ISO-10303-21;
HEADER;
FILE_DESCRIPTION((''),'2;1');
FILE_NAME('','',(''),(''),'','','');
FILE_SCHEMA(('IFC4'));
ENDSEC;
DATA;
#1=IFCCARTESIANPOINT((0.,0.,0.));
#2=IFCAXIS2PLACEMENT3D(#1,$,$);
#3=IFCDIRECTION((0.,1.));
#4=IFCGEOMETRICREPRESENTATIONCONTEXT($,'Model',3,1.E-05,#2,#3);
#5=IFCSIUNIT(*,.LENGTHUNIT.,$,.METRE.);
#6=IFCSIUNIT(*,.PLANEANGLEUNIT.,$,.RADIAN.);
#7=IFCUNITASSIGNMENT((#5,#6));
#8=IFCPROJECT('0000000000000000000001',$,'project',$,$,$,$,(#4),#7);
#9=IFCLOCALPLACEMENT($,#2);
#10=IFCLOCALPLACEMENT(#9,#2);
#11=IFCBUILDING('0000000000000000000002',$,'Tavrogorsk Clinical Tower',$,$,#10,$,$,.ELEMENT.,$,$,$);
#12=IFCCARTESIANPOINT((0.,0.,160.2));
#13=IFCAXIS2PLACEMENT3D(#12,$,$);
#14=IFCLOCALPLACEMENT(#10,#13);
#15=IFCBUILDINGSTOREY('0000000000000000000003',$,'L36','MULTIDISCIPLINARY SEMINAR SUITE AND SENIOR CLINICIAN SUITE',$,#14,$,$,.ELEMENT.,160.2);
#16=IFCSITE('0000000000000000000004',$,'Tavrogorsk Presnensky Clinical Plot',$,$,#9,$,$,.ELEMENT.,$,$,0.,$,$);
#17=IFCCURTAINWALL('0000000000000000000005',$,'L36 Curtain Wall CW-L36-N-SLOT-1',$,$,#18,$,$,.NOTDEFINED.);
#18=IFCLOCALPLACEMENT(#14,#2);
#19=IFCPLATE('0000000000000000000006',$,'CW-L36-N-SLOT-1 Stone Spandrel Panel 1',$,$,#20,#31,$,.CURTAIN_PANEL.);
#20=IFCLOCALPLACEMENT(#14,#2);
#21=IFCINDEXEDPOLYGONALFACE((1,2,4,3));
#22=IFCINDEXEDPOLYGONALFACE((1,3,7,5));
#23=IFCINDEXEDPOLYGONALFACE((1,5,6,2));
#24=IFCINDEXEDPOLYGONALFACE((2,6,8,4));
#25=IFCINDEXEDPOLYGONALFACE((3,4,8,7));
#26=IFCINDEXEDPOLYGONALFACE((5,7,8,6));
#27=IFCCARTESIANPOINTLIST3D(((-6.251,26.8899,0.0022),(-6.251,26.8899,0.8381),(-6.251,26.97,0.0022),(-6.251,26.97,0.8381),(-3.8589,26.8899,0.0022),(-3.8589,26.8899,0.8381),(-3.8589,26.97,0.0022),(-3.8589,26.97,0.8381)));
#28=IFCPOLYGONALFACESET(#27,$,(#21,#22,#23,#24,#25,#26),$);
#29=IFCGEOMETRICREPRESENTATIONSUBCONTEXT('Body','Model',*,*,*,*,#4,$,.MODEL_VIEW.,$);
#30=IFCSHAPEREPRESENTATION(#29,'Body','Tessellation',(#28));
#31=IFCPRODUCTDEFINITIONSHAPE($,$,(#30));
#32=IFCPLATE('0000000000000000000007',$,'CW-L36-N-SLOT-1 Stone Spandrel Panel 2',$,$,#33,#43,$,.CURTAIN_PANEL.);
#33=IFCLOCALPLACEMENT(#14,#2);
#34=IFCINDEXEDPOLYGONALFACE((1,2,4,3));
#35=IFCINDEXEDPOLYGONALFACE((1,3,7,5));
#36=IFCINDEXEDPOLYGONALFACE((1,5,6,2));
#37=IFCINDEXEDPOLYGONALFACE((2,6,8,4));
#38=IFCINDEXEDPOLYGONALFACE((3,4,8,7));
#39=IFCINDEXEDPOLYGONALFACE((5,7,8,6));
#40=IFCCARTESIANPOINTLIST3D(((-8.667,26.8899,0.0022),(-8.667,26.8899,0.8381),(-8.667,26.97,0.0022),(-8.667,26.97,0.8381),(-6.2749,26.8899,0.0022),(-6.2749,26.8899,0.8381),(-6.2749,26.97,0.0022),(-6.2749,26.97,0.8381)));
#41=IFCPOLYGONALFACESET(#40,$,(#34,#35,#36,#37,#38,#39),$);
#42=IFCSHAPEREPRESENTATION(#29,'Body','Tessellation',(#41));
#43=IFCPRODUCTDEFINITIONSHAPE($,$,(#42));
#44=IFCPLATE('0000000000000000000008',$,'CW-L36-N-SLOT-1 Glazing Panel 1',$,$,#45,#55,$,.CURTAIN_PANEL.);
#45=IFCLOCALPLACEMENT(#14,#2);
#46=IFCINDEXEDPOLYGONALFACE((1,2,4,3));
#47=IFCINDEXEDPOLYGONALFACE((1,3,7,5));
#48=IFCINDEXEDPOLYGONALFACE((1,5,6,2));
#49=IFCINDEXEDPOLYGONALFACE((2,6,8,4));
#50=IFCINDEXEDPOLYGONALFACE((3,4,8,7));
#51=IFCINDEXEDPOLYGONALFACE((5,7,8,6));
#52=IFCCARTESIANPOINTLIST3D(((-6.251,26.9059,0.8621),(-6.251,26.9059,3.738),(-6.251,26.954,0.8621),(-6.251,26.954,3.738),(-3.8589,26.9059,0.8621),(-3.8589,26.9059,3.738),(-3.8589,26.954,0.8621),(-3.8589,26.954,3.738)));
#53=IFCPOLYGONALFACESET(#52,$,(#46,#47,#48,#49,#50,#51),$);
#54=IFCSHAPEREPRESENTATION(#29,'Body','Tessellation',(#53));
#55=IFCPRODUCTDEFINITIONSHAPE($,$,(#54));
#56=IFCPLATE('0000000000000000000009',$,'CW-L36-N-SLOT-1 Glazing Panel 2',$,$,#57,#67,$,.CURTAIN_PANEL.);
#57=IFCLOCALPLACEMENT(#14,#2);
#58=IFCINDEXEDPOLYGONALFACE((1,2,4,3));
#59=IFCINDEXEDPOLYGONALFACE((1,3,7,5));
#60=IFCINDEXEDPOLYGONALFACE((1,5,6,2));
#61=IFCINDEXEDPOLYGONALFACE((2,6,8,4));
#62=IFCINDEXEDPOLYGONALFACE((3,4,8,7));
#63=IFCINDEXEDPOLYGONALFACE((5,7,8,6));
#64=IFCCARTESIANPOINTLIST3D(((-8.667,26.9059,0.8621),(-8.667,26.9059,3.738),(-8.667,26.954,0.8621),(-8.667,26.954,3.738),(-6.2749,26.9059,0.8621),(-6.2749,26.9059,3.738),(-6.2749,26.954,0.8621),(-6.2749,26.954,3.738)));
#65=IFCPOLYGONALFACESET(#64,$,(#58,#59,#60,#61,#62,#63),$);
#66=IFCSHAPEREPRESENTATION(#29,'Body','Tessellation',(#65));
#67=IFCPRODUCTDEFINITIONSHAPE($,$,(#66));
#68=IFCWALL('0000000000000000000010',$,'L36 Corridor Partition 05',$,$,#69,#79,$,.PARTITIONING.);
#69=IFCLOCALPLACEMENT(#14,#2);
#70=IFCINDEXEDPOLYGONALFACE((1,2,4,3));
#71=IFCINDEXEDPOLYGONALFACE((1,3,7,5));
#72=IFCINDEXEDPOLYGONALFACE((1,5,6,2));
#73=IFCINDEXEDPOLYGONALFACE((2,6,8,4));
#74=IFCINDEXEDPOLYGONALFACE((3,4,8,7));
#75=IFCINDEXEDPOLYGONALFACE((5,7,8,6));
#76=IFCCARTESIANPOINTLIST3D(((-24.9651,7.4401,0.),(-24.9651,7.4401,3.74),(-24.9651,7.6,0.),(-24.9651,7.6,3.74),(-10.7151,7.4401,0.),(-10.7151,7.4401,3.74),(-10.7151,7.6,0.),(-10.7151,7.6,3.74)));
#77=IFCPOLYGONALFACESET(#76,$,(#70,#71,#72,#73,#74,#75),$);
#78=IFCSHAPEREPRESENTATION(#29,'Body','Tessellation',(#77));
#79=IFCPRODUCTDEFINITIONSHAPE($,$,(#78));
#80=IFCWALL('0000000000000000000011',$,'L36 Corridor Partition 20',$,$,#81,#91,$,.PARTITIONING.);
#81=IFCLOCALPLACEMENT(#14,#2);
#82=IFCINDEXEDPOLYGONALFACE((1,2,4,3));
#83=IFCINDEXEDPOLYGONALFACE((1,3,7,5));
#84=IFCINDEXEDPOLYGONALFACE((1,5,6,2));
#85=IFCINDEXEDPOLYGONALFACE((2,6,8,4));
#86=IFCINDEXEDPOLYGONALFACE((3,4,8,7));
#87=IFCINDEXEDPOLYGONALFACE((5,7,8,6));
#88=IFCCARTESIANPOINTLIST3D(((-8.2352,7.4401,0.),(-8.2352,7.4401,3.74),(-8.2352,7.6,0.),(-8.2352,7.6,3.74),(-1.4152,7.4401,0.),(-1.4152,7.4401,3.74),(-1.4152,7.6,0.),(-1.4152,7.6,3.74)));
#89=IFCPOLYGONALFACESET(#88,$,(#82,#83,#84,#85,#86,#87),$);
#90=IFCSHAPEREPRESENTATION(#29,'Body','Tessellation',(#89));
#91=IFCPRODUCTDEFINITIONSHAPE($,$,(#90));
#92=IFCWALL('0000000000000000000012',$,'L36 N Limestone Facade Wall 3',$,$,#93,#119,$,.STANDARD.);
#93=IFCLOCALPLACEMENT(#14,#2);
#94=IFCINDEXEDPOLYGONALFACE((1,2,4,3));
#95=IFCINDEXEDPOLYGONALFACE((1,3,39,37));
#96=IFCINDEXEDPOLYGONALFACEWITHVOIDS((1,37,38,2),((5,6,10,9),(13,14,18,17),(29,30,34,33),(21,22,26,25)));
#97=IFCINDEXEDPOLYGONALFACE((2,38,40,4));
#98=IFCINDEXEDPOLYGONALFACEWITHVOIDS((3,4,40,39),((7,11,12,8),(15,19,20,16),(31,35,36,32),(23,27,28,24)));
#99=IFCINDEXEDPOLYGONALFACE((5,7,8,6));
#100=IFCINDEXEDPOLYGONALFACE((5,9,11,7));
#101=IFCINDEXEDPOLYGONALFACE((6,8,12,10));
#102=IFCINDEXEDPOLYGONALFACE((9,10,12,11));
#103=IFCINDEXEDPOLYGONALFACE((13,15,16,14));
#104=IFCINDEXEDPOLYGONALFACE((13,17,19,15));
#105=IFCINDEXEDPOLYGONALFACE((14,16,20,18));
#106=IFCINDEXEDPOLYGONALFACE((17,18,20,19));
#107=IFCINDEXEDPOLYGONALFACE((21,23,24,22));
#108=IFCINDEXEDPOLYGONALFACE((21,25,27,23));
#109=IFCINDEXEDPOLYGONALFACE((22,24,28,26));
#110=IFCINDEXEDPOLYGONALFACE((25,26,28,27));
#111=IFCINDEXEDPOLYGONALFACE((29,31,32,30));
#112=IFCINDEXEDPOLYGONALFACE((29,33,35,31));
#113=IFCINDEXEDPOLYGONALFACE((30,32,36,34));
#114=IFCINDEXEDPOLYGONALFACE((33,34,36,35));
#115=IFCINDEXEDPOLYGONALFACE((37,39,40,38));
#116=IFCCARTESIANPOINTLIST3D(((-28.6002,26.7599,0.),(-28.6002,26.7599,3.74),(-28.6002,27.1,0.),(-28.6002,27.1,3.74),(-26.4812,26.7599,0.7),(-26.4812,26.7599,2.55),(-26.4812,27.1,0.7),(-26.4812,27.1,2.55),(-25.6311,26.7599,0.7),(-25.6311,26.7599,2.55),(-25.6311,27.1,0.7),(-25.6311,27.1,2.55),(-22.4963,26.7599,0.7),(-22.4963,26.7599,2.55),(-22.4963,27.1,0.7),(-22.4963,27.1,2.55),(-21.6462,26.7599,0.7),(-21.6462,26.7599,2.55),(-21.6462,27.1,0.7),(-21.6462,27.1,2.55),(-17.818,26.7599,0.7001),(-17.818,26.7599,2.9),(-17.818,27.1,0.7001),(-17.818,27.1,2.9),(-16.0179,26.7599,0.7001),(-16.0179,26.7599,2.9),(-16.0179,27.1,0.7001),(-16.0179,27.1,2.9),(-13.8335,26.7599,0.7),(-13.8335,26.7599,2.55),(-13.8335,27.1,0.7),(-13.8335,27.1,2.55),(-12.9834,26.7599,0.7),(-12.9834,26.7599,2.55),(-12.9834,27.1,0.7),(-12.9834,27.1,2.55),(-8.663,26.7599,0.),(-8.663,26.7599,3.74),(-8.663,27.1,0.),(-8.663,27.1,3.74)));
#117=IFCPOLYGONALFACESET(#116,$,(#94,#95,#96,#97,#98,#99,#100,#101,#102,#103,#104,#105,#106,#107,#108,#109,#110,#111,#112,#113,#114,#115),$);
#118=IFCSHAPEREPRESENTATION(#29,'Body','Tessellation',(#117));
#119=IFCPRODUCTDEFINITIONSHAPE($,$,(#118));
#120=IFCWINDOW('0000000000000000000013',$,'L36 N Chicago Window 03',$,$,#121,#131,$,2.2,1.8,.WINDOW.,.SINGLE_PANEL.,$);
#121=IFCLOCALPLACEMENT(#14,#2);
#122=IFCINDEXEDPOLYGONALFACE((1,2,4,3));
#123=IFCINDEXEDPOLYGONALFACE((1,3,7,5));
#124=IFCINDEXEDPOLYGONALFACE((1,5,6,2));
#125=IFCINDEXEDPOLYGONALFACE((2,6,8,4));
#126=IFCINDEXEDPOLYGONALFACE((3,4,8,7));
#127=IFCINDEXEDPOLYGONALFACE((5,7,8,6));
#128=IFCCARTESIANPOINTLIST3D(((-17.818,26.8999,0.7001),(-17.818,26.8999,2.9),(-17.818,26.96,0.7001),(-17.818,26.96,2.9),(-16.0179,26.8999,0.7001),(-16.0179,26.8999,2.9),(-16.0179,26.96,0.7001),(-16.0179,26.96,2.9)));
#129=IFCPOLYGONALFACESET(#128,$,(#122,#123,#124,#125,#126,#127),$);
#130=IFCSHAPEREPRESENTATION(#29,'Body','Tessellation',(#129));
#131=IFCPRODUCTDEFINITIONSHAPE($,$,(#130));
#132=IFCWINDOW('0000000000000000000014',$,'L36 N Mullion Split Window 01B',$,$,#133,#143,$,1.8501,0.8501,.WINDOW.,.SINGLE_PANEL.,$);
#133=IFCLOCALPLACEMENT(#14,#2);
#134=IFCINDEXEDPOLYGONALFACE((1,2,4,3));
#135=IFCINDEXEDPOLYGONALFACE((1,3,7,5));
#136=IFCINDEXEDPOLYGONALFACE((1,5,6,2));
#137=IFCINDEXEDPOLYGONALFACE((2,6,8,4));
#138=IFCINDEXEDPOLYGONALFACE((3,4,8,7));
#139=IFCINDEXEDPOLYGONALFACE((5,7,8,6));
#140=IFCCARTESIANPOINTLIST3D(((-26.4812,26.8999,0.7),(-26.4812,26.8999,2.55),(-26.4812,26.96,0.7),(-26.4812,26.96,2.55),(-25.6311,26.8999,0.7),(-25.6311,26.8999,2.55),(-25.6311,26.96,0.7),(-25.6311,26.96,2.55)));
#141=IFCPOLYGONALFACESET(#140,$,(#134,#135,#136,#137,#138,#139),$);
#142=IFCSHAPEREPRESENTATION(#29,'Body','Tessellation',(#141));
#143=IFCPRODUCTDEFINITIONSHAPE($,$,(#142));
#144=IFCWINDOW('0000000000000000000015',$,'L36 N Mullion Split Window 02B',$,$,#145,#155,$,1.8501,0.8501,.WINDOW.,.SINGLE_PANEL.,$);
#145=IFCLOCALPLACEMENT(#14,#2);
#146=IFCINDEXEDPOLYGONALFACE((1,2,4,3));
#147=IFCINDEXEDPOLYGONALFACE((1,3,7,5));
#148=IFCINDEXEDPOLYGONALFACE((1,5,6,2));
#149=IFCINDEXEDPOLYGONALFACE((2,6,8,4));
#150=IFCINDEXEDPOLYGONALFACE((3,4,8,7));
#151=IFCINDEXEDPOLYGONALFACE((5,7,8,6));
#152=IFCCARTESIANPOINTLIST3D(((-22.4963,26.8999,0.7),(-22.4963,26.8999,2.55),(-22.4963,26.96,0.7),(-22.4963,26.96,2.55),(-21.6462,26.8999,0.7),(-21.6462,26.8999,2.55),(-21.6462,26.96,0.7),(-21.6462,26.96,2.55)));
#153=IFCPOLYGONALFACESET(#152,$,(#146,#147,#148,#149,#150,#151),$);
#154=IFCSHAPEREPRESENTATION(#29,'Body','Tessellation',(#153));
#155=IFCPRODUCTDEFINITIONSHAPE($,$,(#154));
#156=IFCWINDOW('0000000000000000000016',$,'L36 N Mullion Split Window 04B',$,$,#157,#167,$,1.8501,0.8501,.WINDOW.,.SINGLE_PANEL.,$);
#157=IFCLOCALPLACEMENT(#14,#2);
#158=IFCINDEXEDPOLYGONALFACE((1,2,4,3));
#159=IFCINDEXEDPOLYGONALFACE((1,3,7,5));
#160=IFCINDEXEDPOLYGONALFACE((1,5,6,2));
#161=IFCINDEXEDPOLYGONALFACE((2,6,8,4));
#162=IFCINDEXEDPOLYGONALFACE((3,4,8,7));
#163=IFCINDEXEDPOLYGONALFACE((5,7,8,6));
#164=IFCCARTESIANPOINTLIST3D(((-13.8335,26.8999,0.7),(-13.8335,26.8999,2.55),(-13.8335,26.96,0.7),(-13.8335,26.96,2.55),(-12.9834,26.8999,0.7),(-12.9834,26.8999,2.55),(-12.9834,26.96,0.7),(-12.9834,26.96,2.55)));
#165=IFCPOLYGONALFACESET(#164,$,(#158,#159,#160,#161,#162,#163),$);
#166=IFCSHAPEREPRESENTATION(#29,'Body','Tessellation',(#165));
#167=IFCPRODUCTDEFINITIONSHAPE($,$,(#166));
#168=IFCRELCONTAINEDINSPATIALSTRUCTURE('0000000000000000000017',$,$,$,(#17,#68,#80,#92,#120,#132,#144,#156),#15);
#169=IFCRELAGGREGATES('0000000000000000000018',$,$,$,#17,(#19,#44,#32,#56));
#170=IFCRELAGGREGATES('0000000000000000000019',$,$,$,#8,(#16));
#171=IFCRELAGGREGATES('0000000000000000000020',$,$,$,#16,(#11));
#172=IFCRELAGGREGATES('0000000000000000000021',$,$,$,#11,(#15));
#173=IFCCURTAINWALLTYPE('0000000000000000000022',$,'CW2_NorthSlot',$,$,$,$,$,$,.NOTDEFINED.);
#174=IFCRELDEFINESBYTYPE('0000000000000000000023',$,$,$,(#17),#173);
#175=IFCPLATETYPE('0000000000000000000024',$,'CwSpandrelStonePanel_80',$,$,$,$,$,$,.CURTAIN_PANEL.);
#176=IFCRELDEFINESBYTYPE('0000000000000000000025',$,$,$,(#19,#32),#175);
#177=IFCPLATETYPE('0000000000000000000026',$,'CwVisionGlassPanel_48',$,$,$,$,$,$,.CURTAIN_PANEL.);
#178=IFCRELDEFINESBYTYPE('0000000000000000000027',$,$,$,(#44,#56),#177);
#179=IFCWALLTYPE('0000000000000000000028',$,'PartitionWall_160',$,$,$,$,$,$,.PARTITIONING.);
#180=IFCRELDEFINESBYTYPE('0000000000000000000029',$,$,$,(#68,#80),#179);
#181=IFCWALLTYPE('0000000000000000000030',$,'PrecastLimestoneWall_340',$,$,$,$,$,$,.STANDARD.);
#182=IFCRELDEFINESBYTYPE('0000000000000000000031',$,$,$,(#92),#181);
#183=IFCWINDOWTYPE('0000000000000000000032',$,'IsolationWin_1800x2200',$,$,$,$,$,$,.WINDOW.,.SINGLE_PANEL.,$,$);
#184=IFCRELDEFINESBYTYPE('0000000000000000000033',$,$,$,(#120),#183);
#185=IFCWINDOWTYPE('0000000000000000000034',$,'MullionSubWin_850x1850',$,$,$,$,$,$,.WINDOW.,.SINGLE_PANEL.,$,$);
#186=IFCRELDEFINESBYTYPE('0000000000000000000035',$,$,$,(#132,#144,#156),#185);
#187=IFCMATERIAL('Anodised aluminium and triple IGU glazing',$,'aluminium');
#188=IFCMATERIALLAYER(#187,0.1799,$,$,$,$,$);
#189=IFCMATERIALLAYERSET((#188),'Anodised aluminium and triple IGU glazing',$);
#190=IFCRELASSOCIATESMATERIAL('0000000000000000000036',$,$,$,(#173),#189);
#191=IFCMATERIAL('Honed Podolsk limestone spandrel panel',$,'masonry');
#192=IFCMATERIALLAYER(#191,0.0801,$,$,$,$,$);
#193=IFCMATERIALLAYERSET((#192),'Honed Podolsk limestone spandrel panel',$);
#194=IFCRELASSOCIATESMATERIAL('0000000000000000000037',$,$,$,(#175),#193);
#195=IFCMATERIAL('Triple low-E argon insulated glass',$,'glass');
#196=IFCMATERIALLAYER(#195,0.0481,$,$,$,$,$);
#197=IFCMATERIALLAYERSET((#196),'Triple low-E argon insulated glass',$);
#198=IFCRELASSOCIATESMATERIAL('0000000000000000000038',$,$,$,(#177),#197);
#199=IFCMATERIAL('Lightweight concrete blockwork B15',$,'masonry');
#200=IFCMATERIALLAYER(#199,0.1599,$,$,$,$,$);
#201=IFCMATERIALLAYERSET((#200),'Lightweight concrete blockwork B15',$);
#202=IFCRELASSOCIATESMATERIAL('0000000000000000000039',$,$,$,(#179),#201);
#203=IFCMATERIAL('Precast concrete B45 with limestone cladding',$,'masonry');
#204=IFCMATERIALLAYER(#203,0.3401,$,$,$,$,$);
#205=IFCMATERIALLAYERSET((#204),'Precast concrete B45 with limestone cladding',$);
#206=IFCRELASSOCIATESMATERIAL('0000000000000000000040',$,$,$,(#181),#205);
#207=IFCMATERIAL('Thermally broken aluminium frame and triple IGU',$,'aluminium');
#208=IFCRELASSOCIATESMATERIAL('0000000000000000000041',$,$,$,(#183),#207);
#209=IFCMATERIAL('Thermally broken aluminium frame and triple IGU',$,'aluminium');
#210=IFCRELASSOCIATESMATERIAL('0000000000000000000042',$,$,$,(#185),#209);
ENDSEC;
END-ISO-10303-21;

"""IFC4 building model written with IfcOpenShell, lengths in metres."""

from ifc_helpers import new_model, si_unit, direction, frame, frame_2d, origin, origin_2d, place, context, subcontext, project, spatial, rectangle, extrude, material, layer, layer_set, type_object, element, fill, aggregate, save


model = new_model("IFC4")

# Units and contexts
model_context = context("Model", 3, precision=1e-05, world=origin(), true_north=direction((0.0, 1.0)))
body_context = subcontext(model_context, "Body", "Model", "MODEL_VIEW")
ifc_project = project(units=[si_unit("LENGTHUNIT", "METRE"), si_unit("PLANEANGLEUNIT", "RADIAN")], contexts=[model_context])

# Site, building, storey
site_placement = place(None, origin())
site = spatial("IfcSite", under=ifc_project, at=site_placement, Name="Tavrogorsk Presnensky Clinical Plot", CompositionType="ELEMENT", RefElevation=0.0)
building_placement = place(site_placement, origin())
building = spatial("IfcBuilding", under=site, at=building_placement, Name="Tavrogorsk Clinical Tower", CompositionType="ELEMENT")
storey_placement = place(building_placement, frame((0.0, 0.0, 160.2)))
storey = spatial("IfcBuildingStorey", under=building, at=storey_placement, Name="L36", Description="MULTIDISCIPLINARY SEMINAR SUITE AND SENIOR CLINICIAN SUITE", CompositionType="ELEMENT", Elevation=160.2)

# Curtain wall
ifc_material_1 = material(Name="Anodised aluminium and triple IGU glazing", Category="aluminium")
ifc_layer_1 = layer(ifc_material_1, 0.1799)
ifc_layer_set_1 = layer_set([ifc_layer_1], Name="Anodised aluminium and triple IGU glazing")
curtain_wall_type = type_object("IfcCurtainWallType", Name="CW2_NorthSlot", PredefinedType="NOTDEFINED", material=ifc_layer_set_1)
curtain_wall_placement = place(storey_placement, origin())
curtain_wall = element("IfcCurtainWall", 1, at=curtain_wall_placement, inside=storey, type_object=curtain_wall_type, Name="L36 Curtain Wall CW-L36-N-SLOT-1", PredefinedType="NOTDEFINED")

# Plates
ifc_material_2 = material(Name="Honed Podolsk limestone spandrel panel", Category="masonry")
ifc_layer_2 = layer(ifc_material_2, 0.0801)
ifc_layer_set_2 = layer_set([ifc_layer_2], Name="Honed Podolsk limestone spandrel panel")
plate_type_1 = type_object("IfcPlateType", Name="CwSpandrelStonePanel_80", PredefinedType="CURTAIN_PANEL", material=ifc_layer_set_2)
plate_1_placement = place(storey_placement, frame((-5.0549, 26.9299, 0.0022), z_axis=(0.0, 0.0, 1.0), x_axis=(-1.0, 0.0, 0.0)))
plate_1 = element("IfcPlate", 2, at=plate_1_placement, type_object=plate_type_1, Name="CW-L36-N-SLOT-1 Stone Spandrel Panel 1", PredefinedType="CURTAIN_PANEL", context=body_context, shape_type="SweptSolid", body=[
    extrude(rectangle(XDim=2.3921, YDim=0.0801, at=origin_2d()), origin(), (0.0, 0.0, 1.0), 0.8359),
])
plate_2_placement = place(storey_placement, frame((-7.4709, 26.9299, 0.0022), z_axis=(0.0, 0.0, 1.0), x_axis=(-1.0, 0.0, 0.0)))
plate_2 = element("IfcPlate", 3, at=plate_2_placement, type_object=plate_type_1, Name="CW-L36-N-SLOT-1 Stone Spandrel Panel 2", PredefinedType="CURTAIN_PANEL", context=body_context, shape_type="SweptSolid", body=[
    extrude(rectangle(XDim=2.3921, YDim=0.0801, at=origin_2d()), origin(), (0.0, 0.0, 1.0), 0.8359),
])
ifc_material_3 = material(Name="Triple low-E argon insulated glass", Category="glass")
ifc_layer_3 = layer(ifc_material_3, 0.0481)
ifc_layer_set_3 = layer_set([ifc_layer_3], Name="Triple low-E argon insulated glass")
plate_type_2 = type_object("IfcPlateType", Name="CwVisionGlassPanel_48", PredefinedType="CURTAIN_PANEL", material=ifc_layer_set_3)
plate_3_placement = place(storey_placement, frame((-5.0549, 26.9299, 0.8621), z_axis=(0.0, 0.0, 1.0), x_axis=(-1.0, 0.0, 0.0)))
plate_3 = element("IfcPlate", 4, at=plate_3_placement, type_object=plate_type_2, Name="CW-L36-N-SLOT-1 Glazing Panel 1", PredefinedType="CURTAIN_PANEL", context=body_context, shape_type="SweptSolid", body=[
    extrude(rectangle(XDim=2.3921, YDim=0.0481, at=origin_2d()), origin(), (0.0, 0.0, 1.0), 2.876),
])
plate_4_placement = place(storey_placement, frame((-7.4709, 26.9299, 0.8621), z_axis=(0.0, 0.0, 1.0), x_axis=(-1.0, 0.0, 0.0)))
plate_4 = element("IfcPlate", 5, at=plate_4_placement, type_object=plate_type_2, Name="CW-L36-N-SLOT-1 Glazing Panel 2", PredefinedType="CURTAIN_PANEL", context=body_context, shape_type="SweptSolid", body=[
    extrude(rectangle(XDim=2.3921, YDim=0.0481, at=origin_2d()), origin(), (0.0, 0.0, 1.0), 2.876),
])
aggregate(curtain_wall, [plate_1, plate_3, plate_2, plate_4])

# Walls
ifc_material_4 = material(Name="Lightweight concrete blockwork B15", Category="masonry")
ifc_layer_4 = layer(ifc_material_4, 0.1599)
ifc_layer_set_4 = layer_set([ifc_layer_4], Name="Lightweight concrete blockwork B15")
wall_type_1 = type_object("IfcWallType", Name="PartitionWall_160", PredefinedType="PARTITIONING", material=ifc_layer_set_4)
wall_1_placement = place(storey_placement, frame((-10.7151, 7.52, 0.0), z_axis=(0.0, 0.0, 1.0), x_axis=(-1.0, 0.0, 0.0)))
element("IfcWall", 6, at=wall_1_placement, inside=storey, type_object=wall_type_1, Name="L36 Corridor Partition 05", PredefinedType="PARTITIONING", context=body_context, shape_type="SweptSolid", body=[
    extrude(rectangle(XDim=14.25, YDim=0.1599, at=frame_2d((7.125, 0.0))), origin(), (0.0, 0.0, 1.0), 3.74),
])
wall_2_placement = place(storey_placement, frame((-1.415, 7.52, 0.0), z_axis=(0.0, 0.0, 1.0), x_axis=(-1.0, 0.0, 0.0)))
element("IfcWall", 7, at=wall_2_placement, inside=storey, type_object=wall_type_1, Name="L36 Corridor Partition 20", PredefinedType="PARTITIONING", context=body_context, shape_type="SweptSolid", body=[
    extrude(rectangle(XDim=6.8201, YDim=0.1599, at=frame_2d((3.4102, 0.0))), origin(), (0.0, 0.0, 1.0), 3.74),
])

# Wall, openings, windows
ifc_material_5 = material(Name="Precast concrete B45 with limestone cladding", Category="masonry")
ifc_layer_5 = layer(ifc_material_5, 0.3401)
ifc_layer_set_5 = layer_set([ifc_layer_5], Name="Precast concrete B45 with limestone cladding")
wall_type_2 = type_object("IfcWallType", Name="PrecastLimestoneWall_340", PredefinedType="STANDARD", material=ifc_layer_set_5)
wall_3_placement = place(storey_placement, frame((-8.6628, 26.9299, 0.0), z_axis=(0.0, 0.0, 1.0), x_axis=(-1.0, 0.0, 0.0)))
wall_3 = element("IfcWall", 8, at=wall_3_placement, inside=storey, type_object=wall_type_2, Name="L36 N Limestone Facade Wall 3", PredefinedType="STANDARD", context=body_context, shape_type="SweptSolid", body=[
    extrude(rectangle(XDim=19.9373, YDim=0.3401, at=frame_2d((9.9688, 0.0))), origin(), (0.0, 0.0, 1.0), 3.74),
])
opening_1_placement = place(wall_3_placement, frame((16.9683, 0.0, 0.7)))
opening_1 = element("IfcOpeningElement", 9, at=opening_1_placement, cuts=wall_3, PredefinedType="OPENING", context=body_context, shape_type="SweptSolid", body=[
    extrude(rectangle(XDim=0.8501, YDim=1.8501, at=frame_2d((0.425, 0.925))), frame((0.0, 0.1799, 0.0), z_axis=(0.0, -1.0, 0.0), x_axis=(1.0, 0.0, 0.0)), (0.0, 0.0, 1.0), 0.3601),
])
opening_2_placement = place(wall_3_placement, frame((12.9834, 0.0, 0.7)))
opening_2 = element("IfcOpeningElement", 10, at=opening_2_placement, cuts=wall_3, PredefinedType="OPENING", context=body_context, shape_type="SweptSolid", body=[
    extrude(rectangle(XDim=0.8501, YDim=1.8501, at=frame_2d((0.425, 0.925))), frame((0.0, 0.1799, 0.0), z_axis=(0.0, -1.0, 0.0), x_axis=(1.0, 0.0, 0.0)), (0.0, 0.0, 1.0), 0.3601),
])
opening_3_placement = place(wall_3_placement, frame((7.3552, 0.0, 0.7)))
opening_3 = element("IfcOpeningElement", 11, at=opening_3_placement, cuts=wall_3, PredefinedType="OPENING", context=body_context, shape_type="SweptSolid", body=[
    extrude(rectangle(XDim=1.8, YDim=2.2, at=frame_2d((0.8999, 1.1001))), frame((0.0, 0.1799, 0.0), z_axis=(0.0, -1.0, 0.0), x_axis=(1.0, 0.0, 0.0)), (0.0, 0.0, 1.0), 0.3601),
])
opening_4_placement = place(wall_3_placement, frame((4.3206, 0.0, 0.7)))
opening_4 = element("IfcOpeningElement", 12, at=opening_4_placement, cuts=wall_3, PredefinedType="OPENING", context=body_context, shape_type="SweptSolid", body=[
    extrude(rectangle(XDim=0.8501, YDim=1.8501, at=frame_2d((0.425, 0.925))), frame((0.0, 0.1799, 0.0), z_axis=(0.0, -1.0, 0.0), x_axis=(1.0, 0.0, 0.0)), (0.0, 0.0, 1.0), 0.3601),
])
ifc_material_6 = material(Name="Thermally broken aluminium frame and triple IGU", Category="aluminium")
window_type_1 = type_object("IfcWindowType", Name="IsolationWin_1800x2200", PartitioningType="SINGLE_PANEL", PredefinedType="WINDOW", material=ifc_material_6)
window_1_placement = place(opening_3_placement, origin())
window_1 = element("IfcWindow", 13, at=window_1_placement, inside=storey, type_object=window_type_1, Name="L36 N Chicago Window 03", OverallHeight=2.2, OverallWidth=1.8, PartitioningType="SINGLE_PANEL", PredefinedType="WINDOW", context=body_context, shape_type="SweptSolid", body=[
    extrude(rectangle(XDim=1.8, YDim=2.2, at=frame_2d((0.8999, 1.1001))), frame((0.0, 0.03, 0.0), z_axis=(0.0, -1.0, 0.0), x_axis=(1.0, 0.0, 0.0)), (0.0, 0.0, 1.0), 0.0601),
])
fill(opening_3, window_1)
ifc_material_7 = material(Name="Thermally broken aluminium frame and triple IGU", Category="aluminium")
window_type_2 = type_object("IfcWindowType", Name="MullionSubWin_850x1850", PartitioningType="SINGLE_PANEL", PredefinedType="WINDOW", material=ifc_material_7)
window_2_placement = place(opening_1_placement, origin())
window_2 = element("IfcWindow", 14, at=window_2_placement, inside=storey, type_object=window_type_2, Name="L36 N Mullion Split Window 01B", OverallHeight=1.8501, OverallWidth=0.8501, PartitioningType="SINGLE_PANEL", PredefinedType="WINDOW", context=body_context, shape_type="SweptSolid", body=[
    extrude(rectangle(XDim=0.8501, YDim=1.8501, at=frame_2d((0.425, 0.925))), frame((0.0, 0.03, 0.0), z_axis=(0.0, -1.0, 0.0), x_axis=(1.0, 0.0, 0.0)), (0.0, 0.0, 1.0), 0.0601),
])
fill(opening_1, window_2)
window_3_placement = place(opening_2_placement, origin())
window_3 = element("IfcWindow", 15, at=window_3_placement, inside=storey, type_object=window_type_2, Name="L36 N Mullion Split Window 02B", OverallHeight=1.8501, OverallWidth=0.8501, PartitioningType="SINGLE_PANEL", PredefinedType="WINDOW", context=body_context, shape_type="SweptSolid", body=[
    extrude(rectangle(XDim=0.8501, YDim=1.8501, at=frame_2d((0.425, 0.925))), frame((0.0, 0.03, 0.0), z_axis=(0.0, -1.0, 0.0), x_axis=(1.0, 0.0, 0.0)), (0.0, 0.0, 1.0), 0.0601),
])
fill(opening_2, window_3)
window_4_placement = place(opening_4_placement, origin())
window_4 = element("IfcWindow", 16, at=window_4_placement, inside=storey, type_object=window_type_2, Name="L36 N Mullion Split Window 04B", OverallHeight=1.8501, OverallWidth=0.8501, PartitioningType="SINGLE_PANEL", PredefinedType="WINDOW", context=body_context, shape_type="SweptSolid", body=[
    extrude(rectangle(XDim=0.8501, YDim=1.8501, at=frame_2d((0.425, 0.925))), frame((0.0, 0.03, 0.0), z_axis=(0.0, -1.0, 0.0), x_axis=(1.0, 0.0, 0.0)), (0.0, 0.0, 1.0), 0.0601),
])
fill(opening_4, window_4)

save(model, "model.ifc")
